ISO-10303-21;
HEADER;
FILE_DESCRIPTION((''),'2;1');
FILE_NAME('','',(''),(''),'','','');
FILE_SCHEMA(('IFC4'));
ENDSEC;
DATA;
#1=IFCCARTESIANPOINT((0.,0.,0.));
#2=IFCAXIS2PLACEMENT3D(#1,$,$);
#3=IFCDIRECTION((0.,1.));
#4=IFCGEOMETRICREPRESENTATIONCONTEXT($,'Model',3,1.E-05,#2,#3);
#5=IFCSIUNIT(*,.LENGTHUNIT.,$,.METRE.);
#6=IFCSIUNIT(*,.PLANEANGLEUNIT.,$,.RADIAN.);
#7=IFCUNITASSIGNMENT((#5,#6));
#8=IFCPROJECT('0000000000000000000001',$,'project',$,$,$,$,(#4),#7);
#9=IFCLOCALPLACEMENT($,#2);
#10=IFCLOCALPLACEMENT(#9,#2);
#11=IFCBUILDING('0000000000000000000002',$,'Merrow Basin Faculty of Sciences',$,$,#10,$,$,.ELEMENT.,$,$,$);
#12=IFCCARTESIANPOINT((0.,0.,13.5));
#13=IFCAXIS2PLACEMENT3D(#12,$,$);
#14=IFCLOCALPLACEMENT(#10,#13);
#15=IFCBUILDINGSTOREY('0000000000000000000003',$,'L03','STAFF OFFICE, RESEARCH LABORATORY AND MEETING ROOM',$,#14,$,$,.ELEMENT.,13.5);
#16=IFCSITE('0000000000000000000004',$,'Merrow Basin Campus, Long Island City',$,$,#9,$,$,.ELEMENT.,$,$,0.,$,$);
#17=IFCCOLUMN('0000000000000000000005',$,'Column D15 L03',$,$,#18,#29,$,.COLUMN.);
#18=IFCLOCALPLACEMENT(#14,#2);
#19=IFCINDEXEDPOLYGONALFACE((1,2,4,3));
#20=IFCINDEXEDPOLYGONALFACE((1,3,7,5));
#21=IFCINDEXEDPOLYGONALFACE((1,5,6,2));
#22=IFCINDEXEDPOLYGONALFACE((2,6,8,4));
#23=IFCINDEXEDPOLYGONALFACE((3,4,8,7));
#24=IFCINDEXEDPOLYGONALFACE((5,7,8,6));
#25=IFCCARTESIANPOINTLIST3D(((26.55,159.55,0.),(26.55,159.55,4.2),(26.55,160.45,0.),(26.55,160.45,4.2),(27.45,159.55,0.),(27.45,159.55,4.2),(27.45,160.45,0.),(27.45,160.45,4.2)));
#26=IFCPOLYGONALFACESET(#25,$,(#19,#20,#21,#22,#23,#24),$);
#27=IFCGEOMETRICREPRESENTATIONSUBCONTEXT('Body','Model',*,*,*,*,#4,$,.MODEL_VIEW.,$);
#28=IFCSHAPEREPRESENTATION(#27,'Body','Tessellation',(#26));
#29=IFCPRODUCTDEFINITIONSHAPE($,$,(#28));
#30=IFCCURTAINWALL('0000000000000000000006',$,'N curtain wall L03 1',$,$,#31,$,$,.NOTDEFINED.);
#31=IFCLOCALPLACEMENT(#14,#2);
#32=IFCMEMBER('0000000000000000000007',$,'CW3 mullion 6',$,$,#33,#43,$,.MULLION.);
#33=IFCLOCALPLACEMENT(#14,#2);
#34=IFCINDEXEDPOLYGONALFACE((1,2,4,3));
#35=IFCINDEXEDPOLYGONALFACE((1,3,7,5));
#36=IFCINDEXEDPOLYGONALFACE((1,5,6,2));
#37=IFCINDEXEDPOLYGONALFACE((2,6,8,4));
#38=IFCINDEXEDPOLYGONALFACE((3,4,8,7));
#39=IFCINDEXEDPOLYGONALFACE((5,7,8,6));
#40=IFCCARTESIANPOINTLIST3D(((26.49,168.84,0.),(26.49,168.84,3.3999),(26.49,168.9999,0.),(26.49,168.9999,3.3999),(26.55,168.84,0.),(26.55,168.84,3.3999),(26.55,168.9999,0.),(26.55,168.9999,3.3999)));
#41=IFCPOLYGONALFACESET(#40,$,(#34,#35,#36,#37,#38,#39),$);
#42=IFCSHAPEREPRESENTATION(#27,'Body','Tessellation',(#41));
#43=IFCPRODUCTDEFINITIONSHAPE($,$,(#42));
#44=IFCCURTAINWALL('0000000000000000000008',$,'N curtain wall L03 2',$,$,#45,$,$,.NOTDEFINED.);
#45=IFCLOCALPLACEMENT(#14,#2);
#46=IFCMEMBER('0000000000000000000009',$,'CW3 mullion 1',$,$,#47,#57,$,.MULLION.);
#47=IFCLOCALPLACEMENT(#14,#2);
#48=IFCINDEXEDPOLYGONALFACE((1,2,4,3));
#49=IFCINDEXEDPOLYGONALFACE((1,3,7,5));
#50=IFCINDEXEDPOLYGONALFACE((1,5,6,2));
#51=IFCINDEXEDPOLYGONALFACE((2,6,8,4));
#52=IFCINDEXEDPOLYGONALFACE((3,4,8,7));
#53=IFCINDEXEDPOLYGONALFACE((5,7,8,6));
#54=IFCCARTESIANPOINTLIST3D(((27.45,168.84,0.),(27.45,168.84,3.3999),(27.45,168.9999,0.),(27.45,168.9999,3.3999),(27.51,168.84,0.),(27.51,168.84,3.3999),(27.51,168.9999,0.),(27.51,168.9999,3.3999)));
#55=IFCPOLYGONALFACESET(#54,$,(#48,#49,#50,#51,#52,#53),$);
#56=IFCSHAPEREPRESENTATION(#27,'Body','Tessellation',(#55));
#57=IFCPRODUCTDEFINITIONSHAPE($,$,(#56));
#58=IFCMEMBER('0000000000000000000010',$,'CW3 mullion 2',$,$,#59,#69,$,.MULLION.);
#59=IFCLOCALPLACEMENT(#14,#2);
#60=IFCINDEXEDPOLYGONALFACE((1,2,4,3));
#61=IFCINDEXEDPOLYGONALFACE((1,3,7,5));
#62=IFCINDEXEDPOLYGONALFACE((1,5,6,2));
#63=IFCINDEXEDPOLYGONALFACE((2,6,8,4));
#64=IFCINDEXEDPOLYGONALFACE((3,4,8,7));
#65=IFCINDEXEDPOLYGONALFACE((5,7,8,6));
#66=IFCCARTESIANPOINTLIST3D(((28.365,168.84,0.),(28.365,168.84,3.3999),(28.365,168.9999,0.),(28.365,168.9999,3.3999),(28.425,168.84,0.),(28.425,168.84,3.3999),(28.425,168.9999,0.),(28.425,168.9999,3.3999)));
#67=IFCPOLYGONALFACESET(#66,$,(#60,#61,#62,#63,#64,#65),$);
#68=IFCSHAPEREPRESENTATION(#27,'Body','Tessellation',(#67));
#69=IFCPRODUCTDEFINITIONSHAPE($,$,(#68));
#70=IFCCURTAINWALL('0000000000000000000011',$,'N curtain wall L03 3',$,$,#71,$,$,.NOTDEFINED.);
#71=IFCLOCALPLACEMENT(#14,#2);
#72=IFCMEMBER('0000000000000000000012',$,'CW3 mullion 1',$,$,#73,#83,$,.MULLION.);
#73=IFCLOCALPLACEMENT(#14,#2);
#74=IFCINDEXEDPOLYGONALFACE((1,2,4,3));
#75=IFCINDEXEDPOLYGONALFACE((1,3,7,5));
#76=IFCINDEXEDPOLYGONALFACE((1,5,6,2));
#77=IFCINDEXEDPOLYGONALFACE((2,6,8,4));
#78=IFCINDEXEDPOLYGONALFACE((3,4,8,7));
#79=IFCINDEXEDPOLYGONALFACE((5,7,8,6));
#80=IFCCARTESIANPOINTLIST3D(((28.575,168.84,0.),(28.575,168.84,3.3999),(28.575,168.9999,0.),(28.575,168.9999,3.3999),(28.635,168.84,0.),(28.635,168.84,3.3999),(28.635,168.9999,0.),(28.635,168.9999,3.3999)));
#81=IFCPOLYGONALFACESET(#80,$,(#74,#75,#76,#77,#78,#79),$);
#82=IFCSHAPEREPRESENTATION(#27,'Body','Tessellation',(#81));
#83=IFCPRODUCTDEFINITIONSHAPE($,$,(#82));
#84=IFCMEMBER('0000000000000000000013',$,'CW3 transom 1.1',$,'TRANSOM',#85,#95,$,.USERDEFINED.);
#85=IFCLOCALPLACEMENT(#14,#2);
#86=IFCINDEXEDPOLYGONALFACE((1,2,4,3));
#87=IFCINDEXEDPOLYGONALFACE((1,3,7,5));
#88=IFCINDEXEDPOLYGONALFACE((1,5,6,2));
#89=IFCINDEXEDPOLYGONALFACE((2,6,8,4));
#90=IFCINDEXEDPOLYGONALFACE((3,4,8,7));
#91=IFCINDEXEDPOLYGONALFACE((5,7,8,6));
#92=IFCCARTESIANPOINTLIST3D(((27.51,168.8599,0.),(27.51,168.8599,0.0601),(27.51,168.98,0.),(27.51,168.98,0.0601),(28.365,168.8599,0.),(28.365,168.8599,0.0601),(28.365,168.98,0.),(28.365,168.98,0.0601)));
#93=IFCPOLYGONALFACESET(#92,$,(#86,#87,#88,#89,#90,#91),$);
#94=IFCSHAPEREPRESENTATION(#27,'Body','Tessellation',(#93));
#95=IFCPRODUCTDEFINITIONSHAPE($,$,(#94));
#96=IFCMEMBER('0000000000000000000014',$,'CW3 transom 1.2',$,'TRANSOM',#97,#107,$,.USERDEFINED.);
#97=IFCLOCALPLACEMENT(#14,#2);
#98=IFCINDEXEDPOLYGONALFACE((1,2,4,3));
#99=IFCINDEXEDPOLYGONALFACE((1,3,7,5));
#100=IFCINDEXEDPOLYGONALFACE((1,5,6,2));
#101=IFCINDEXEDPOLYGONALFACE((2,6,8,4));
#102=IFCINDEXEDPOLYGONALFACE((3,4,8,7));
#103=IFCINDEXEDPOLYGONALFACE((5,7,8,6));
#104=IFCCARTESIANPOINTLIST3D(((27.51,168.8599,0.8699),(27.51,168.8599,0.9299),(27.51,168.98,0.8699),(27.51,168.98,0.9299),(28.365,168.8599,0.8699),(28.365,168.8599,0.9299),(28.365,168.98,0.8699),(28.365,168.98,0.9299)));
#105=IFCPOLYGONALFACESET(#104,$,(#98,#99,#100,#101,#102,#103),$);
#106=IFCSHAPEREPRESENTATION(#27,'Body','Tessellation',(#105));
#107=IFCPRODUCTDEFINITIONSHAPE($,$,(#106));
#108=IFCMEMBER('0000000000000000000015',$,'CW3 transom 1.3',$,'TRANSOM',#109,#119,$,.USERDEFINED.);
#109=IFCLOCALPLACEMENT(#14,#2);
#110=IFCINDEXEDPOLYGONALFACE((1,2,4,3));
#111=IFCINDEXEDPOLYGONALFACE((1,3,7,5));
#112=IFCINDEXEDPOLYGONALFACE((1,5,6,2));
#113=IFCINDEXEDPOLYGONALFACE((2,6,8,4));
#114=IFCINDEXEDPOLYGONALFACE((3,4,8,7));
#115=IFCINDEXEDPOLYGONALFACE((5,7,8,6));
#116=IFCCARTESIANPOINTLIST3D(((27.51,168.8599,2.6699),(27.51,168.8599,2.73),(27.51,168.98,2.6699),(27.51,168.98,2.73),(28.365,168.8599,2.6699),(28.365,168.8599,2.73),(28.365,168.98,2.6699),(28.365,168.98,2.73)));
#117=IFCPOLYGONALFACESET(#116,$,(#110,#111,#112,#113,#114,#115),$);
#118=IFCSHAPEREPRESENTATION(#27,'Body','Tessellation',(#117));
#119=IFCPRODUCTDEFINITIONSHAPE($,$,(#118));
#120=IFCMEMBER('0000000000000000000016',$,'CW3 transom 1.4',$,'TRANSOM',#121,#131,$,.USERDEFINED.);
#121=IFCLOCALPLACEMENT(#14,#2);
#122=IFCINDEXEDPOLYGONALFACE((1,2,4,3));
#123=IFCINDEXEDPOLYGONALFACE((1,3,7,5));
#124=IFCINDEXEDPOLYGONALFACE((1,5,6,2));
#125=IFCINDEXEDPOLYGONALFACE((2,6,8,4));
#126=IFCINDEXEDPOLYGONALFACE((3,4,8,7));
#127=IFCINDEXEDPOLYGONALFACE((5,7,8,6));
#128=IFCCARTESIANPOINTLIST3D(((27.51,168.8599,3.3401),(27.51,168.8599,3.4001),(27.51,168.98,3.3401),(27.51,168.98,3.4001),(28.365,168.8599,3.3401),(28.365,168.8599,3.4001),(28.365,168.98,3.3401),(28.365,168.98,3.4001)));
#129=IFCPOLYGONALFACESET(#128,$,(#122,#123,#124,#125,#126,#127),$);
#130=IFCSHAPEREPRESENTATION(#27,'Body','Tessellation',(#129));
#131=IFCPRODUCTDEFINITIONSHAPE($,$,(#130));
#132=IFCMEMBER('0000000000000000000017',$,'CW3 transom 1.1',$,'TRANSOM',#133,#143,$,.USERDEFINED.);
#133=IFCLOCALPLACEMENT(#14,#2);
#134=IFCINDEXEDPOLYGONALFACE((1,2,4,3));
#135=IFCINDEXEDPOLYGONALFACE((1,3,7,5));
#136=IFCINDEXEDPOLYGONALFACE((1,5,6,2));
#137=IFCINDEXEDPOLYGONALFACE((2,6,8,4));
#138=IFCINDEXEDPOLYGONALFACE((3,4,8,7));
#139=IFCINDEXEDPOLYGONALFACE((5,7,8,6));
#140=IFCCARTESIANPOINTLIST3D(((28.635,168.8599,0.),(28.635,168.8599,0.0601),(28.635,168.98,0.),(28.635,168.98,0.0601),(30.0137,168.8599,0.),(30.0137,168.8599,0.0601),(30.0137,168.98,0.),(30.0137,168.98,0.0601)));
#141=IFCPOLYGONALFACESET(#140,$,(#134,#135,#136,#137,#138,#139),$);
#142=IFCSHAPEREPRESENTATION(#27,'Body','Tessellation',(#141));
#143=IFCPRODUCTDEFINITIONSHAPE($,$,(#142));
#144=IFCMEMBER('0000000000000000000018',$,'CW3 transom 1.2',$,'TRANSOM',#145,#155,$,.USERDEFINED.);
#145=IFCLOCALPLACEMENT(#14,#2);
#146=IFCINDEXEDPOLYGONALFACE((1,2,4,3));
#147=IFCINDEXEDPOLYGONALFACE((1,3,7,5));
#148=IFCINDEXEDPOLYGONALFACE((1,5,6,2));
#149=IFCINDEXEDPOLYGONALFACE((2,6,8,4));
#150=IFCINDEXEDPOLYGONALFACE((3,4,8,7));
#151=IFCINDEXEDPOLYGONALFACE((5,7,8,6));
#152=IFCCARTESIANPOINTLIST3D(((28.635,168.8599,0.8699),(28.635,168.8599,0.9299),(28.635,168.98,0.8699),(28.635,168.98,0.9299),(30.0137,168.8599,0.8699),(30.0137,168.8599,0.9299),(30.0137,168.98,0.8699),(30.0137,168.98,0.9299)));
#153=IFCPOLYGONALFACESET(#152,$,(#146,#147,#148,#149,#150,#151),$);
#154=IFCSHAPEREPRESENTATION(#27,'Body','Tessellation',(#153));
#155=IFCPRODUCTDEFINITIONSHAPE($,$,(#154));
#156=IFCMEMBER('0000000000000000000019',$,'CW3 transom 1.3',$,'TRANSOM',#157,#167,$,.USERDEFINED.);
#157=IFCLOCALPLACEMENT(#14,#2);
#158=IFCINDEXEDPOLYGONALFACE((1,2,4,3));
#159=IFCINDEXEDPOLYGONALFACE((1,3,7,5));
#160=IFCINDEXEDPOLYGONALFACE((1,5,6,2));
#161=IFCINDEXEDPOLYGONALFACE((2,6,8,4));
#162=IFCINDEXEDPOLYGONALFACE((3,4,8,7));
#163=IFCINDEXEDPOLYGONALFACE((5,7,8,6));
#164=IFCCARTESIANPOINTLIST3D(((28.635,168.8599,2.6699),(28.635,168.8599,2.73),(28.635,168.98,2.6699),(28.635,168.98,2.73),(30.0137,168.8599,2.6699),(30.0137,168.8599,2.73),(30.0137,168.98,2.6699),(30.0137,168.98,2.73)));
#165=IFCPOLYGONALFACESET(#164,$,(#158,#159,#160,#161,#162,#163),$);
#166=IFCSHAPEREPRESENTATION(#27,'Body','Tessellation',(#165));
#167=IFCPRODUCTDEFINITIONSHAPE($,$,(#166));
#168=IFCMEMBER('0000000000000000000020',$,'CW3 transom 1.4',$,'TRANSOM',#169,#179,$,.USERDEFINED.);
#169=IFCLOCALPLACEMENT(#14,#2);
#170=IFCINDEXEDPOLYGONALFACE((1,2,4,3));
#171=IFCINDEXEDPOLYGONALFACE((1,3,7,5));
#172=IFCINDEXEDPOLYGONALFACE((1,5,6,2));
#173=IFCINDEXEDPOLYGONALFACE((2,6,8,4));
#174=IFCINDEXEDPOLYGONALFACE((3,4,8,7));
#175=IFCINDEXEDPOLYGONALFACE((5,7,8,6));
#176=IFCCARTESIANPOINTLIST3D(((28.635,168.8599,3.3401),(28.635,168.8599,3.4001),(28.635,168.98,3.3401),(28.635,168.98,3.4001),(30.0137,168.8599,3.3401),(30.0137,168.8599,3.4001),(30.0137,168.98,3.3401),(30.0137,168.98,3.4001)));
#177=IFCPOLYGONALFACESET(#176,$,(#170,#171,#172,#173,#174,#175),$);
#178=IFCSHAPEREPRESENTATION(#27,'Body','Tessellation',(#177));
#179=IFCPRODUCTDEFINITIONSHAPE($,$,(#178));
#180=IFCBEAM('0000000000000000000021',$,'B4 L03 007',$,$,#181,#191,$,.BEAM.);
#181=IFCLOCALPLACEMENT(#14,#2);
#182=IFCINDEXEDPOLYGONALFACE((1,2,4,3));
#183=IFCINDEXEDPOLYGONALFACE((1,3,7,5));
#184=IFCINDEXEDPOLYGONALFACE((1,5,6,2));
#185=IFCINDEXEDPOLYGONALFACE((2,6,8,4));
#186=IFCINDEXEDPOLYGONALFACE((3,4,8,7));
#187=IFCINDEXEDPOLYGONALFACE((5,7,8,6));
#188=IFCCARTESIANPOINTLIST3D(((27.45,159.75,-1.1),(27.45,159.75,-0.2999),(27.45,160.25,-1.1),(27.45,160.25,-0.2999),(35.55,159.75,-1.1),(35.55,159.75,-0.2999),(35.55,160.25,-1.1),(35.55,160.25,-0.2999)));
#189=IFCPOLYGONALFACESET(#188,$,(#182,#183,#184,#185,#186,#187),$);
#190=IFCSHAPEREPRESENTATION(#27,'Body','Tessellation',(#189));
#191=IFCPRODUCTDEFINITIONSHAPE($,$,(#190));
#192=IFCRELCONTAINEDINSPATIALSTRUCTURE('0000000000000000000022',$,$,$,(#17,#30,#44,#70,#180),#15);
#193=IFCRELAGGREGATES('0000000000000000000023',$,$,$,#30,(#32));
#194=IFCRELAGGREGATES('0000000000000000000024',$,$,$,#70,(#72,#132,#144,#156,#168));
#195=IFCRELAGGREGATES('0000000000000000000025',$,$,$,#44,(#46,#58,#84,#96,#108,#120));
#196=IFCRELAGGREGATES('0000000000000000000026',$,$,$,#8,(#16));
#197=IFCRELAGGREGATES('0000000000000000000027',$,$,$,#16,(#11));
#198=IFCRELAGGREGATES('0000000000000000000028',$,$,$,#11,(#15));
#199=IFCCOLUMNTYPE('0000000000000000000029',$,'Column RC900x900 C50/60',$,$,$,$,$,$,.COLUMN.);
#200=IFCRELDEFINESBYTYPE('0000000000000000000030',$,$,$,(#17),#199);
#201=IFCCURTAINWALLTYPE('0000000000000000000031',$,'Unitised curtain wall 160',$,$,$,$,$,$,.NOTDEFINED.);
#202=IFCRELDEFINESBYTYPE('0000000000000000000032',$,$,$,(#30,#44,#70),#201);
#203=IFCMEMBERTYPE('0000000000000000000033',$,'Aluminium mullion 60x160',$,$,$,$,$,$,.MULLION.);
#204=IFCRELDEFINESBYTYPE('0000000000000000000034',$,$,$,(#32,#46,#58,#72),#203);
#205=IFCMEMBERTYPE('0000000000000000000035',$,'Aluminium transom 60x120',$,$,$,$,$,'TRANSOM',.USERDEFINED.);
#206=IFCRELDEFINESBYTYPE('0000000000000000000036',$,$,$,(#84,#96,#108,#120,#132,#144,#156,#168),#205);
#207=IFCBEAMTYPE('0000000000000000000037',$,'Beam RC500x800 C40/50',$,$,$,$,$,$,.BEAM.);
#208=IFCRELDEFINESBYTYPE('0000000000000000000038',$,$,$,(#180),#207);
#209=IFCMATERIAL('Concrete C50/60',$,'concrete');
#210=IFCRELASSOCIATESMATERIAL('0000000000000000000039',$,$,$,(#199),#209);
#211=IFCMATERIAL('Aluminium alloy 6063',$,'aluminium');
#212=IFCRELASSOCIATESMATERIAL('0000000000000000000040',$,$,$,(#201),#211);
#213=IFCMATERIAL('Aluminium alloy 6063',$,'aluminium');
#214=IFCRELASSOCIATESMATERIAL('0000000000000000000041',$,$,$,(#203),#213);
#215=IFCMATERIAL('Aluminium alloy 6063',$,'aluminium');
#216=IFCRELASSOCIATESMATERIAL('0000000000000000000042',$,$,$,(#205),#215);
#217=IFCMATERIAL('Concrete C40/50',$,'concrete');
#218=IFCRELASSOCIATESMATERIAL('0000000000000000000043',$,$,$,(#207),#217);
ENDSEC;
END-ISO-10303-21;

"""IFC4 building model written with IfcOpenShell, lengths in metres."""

from ifc_helpers import new_model, si_unit, direction, frame, origin, origin_2d, place, context, subcontext, project, spatial, rectangle, extrude, material, material_profile, profile_set, type_object, element, aggregate, save


model = new_model("IFC4")

# Units and contexts
model_context = context("Model", 3, precision=1e-05, world=origin(), true_north=direction((0.0, 1.0)))
body_context = subcontext(model_context, "Body", "Model", "MODEL_VIEW")
ifc_project = project(units=[si_unit("LENGTHUNIT", "METRE"), si_unit("PLANEANGLEUNIT", "RADIAN")], contexts=[model_context])

# Site, building, storey
site_placement = place(None, origin())
site = spatial("IfcSite", under=ifc_project, at=site_placement, Name="Merrow Basin Campus, Long Island City", CompositionType="ELEMENT", RefElevation=0.0)
building_placement = place(site_placement, origin())
building = spatial("IfcBuilding", under=site, at=building_placement, Name="Merrow Basin Faculty of Sciences", CompositionType="ELEMENT")
storey_placement = place(building_placement, frame((0.0, 0.0, 13.5)))
storey = spatial("IfcBuildingStorey", under=building, at=storey_placement, Name="L03", Description="STAFF OFFICE, RESEARCH LABORATORY AND MEETING ROOM", CompositionType="ELEMENT", Elevation=13.5)

# Column
ifc_material_1 = material(Name="Concrete C50/60", Category="concrete")
ifc_material_profile_1 = material_profile(ifc_material_1, rectangle(XDim=0.8999, YDim=0.8999, at=origin_2d()))
ifc_profile_set_1 = profile_set([ifc_material_profile_1], Name="Concrete C50/60")
column_type = type_object("IfcColumnType", Name="Column RC900x900 C50/60", PredefinedType="COLUMN", material=ifc_profile_set_1)
column_placement = place(storey_placement, frame((27.0, 160.0, 0.0), z_axis=(0.0, 0.0, 1.0), x_axis=(1.0, 0.0, 0.0)))
element("IfcColumn", 1, at=column_placement, inside=storey, type_object=column_type, Name="Column D15 L03", PredefinedType="COLUMN", context=body_context, shape_type="SweptSolid", body=[
    extrude(rectangle(XDim=0.8999, YDim=0.8999, at=origin_2d()), origin(), (0.0, 0.0, 1.0), 4.2),
])

# Curtain wall, member
ifc_material_2 = material(Name="Aluminium alloy 6063", Category="aluminium")
curtain_wall_type = type_object("IfcCurtainWallType", Name="Unitised curtain wall 160", PredefinedType="NOTDEFINED", material=ifc_material_2)
curtain_wall_1_placement = place(storey_placement, origin())
curtain_wall_1 = element("IfcCurtainWall", 2, at=curtain_wall_1_placement, inside=storey, type_object=curtain_wall_type, Name="N curtain wall L03 1", PredefinedType="NOTDEFINED")
ifc_material_3 = material(Name="Aluminium alloy 6063", Category="aluminium")
ifc_material_profile_2 = material_profile(ifc_material_3, rectangle(XDim=0.1599, YDim=0.0601, at=origin_2d()))
ifc_profile_set_2 = profile_set([ifc_material_profile_2], Name="Aluminium alloy 6063")
member_type_1 = type_object("IfcMemberType", Name="Aluminium mullion 60x160", PredefinedType="MULLION", material=ifc_profile_set_2)
member_1_placement = place(storey_placement, frame((26.52, 168.9199, 0.0), z_axis=(0.0, 0.0, 1.0), x_axis=(0.0, 1.0, 0.0)))
member_1 = element("IfcMember", 3, at=member_1_placement, type_object=member_type_1, Name="CW3 mullion 6", PredefinedType="MULLION", context=body_context, shape_type="SweptSolid", body=[
    extrude(rectangle(XDim=0.1599, YDim=0.0601, at=origin_2d()), origin(), (0.0, 0.0, 1.0), 3.3999),
])
aggregate(curtain_wall_1, [member_1])

# Curtain wall, members
curtain_wall_2_placement = place(storey_placement, origin())
curtain_wall_2 = element("IfcCurtainWall", 4, at=curtain_wall_2_placement, inside=storey, type_object=curtain_wall_type, Name="N curtain wall L03 2", PredefinedType="NOTDEFINED")
member_2_placement = place(storey_placement, frame((27.48, 168.9199, 0.0), z_axis=(0.0, 0.0, 1.0), x_axis=(0.0, 1.0, 0.0)))
member_2 = element("IfcMember", 5, at=member_2_placement, type_object=member_type_1, Name="CW3 mullion 1", PredefinedType="MULLION", context=body_context, shape_type="SweptSolid", body=[
    extrude(rectangle(XDim=0.1599, YDim=0.0601, at=origin_2d()), origin(), (0.0, 0.0, 1.0), 3.3999),
])
member_3_placement = place(storey_placement, frame((28.395, 168.9199, 0.0), z_axis=(0.0, 0.0, 1.0), x_axis=(0.0, 1.0, 0.0)))
member_3 = element("IfcMember", 6, at=member_3_placement, type_object=member_type_1, Name="CW3 mullion 2", PredefinedType="MULLION", context=body_context, shape_type="SweptSolid", body=[
    extrude(rectangle(XDim=0.1599, YDim=0.0601, at=origin_2d()), origin(), (0.0, 0.0, 1.0), 3.3999),
])

# Curtain wall, member
curtain_wall_3_placement = place(storey_placement, origin())
curtain_wall_3 = element("IfcCurtainWall", 7, at=curtain_wall_3_placement, inside=storey, type_object=curtain_wall_type, Name="N curtain wall L03 3", PredefinedType="NOTDEFINED")
member_4_placement = place(storey_placement, frame((28.605, 168.9199, 0.0), z_axis=(0.0, 0.0, 1.0), x_axis=(0.0, 1.0, 0.0)))
member_4 = element("IfcMember", 8, at=member_4_placement, type_object=member_type_1, Name="CW3 mullion 1", PredefinedType="MULLION", context=body_context, shape_type="SweptSolid", body=[
    extrude(rectangle(XDim=0.1599, YDim=0.0601, at=origin_2d()), origin(), (0.0, 0.0, 1.0), 3.3999),
])

# Members
ifc_material_4 = material(Name="Aluminium alloy 6063", Category="aluminium")
ifc_material_profile_3 = material_profile(ifc_material_4, rectangle(XDim=0.1201, YDim=0.0601, at=origin_2d()))
ifc_profile_set_3 = profile_set([ifc_material_profile_3], Name="Aluminium alloy 6063")
member_type_2 = type_object("IfcMemberType", Name="Aluminium transom 60x120", ElementType="TRANSOM", PredefinedType="USERDEFINED", material=ifc_profile_set_3)
member_5_placement = place(storey_placement, frame((27.51, 168.9199, 0.03), z_axis=(1.0, 0.0, 0.0), x_axis=(0.0, 1.0, 0.0)))
member_5 = element("IfcMember", 9, at=member_5_placement, type_object=member_type_2, Name="CW3 transom 1.1", ObjectType="TRANSOM", PredefinedType="USERDEFINED", context=body_context, shape_type="SweptSolid", body=[
    extrude(rectangle(XDim=0.1201, YDim=0.0601, at=origin_2d()), origin(), (0.0, 0.0, 1.0), 0.855),
])
member_6_placement = place(storey_placement, frame((27.51, 168.9199, 0.8999), z_axis=(1.0, 0.0, 0.0), x_axis=(0.0, 1.0, 0.0)))
member_6 = element("IfcMember", 10, at=member_6_placement, type_object=member_type_2, Name="CW3 transom 1.2", ObjectType="TRANSOM", PredefinedType="USERDEFINED", context=body_context, shape_type="SweptSolid", body=[
    extrude(rectangle(XDim=0.1201, YDim=0.0601, at=origin_2d()), origin(), (0.0, 0.0, 1.0), 0.855),
])
member_7_placement = place(storey_placement, frame((27.51, 168.9199, 2.7), z_axis=(1.0, 0.0, 0.0), x_axis=(0.0, 1.0, 0.0)))
member_7 = element("IfcMember", 11, at=member_7_placement, type_object=member_type_2, Name="CW3 transom 1.3", ObjectType="TRANSOM", PredefinedType="USERDEFINED", context=body_context, shape_type="SweptSolid", body=[
    extrude(rectangle(XDim=0.1201, YDim=0.0601, at=origin_2d()), origin(), (0.0, 0.0, 1.0), 0.855),
])
member_8_placement = place(storey_placement, frame((27.51, 168.9199, 3.3701), z_axis=(1.0, 0.0, 0.0), x_axis=(0.0, 1.0, 0.0)))
member_8 = element("IfcMember", 12, at=member_8_placement, type_object=member_type_2, Name="CW3 transom 1.4", ObjectType="TRANSOM", PredefinedType="USERDEFINED", context=body_context, shape_type="SweptSolid", body=[
    extrude(rectangle(XDim=0.1201, YDim=0.0601, at=origin_2d()), origin(), (0.0, 0.0, 1.0), 0.855),
])
member_9_placement = place(storey_placement, frame((28.635, 168.9199, 0.03), z_axis=(1.0, 0.0, 0.0), x_axis=(0.0, 1.0, 0.0)))
member_9 = element("IfcMember", 13, at=member_9_placement, type_object=member_type_2, Name="CW3 transom 1.1", ObjectType="TRANSOM", PredefinedType="USERDEFINED", context=body_context, shape_type="SweptSolid", body=[
    extrude(rectangle(XDim=0.1201, YDim=0.0601, at=origin_2d()), origin(), (0.0, 0.0, 1.0), 1.3787),
])
member_10_placement = place(storey_placement, frame((28.635, 168.9199, 0.8999), z_axis=(1.0, 0.0, 0.0), x_axis=(0.0, 1.0, 0.0)))
member_10 = element("IfcMember", 14, at=member_10_placement, type_object=member_type_2, Name="CW3 transom 1.2", ObjectType="TRANSOM", PredefinedType="USERDEFINED", context=body_context, shape_type="SweptSolid", body=[
    extrude(rectangle(XDim=0.1201, YDim=0.0601, at=origin_2d()), origin(), (0.0, 0.0, 1.0), 1.3787),
])
member_11_placement = place(storey_placement, frame((28.635, 168.9199, 2.7), z_axis=(1.0, 0.0, 0.0), x_axis=(0.0, 1.0, 0.0)))
member_11 = element("IfcMember", 15, at=member_11_placement, type_object=member_type_2, Name="CW3 transom 1.3", ObjectType="TRANSOM", PredefinedType="USERDEFINED", context=body_context, shape_type="SweptSolid", body=[
    extrude(rectangle(XDim=0.1201, YDim=0.0601, at=origin_2d()), origin(), (0.0, 0.0, 1.0), 1.3787),
])
member_12_placement = place(storey_placement, frame((28.635, 168.9199, 3.3701), z_axis=(1.0, 0.0, 0.0), x_axis=(0.0, 1.0, 0.0)))
member_12 = element("IfcMember", 16, at=member_12_placement, type_object=member_type_2, Name="CW3 transom 1.4", ObjectType="TRANSOM", PredefinedType="USERDEFINED", context=body_context, shape_type="SweptSolid", body=[
    extrude(rectangle(XDim=0.1201, YDim=0.0601, at=origin_2d()), origin(), (0.0, 0.0, 1.0), 1.3787),
])

# Beam
ifc_material_5 = material(Name="Concrete C40/50", Category="concrete")
ifc_material_profile_4 = material_profile(ifc_material_5, rectangle(XDim=0.5, YDim=0.8, at=origin_2d()))
ifc_profile_set_4 = profile_set([ifc_material_profile_4], Name="Concrete C40/50")
beam_type_1 = type_object("IfcBeamType", Name="Beam RC500x800 C40/50", PredefinedType="BEAM", material=ifc_profile_set_4)
for number, where, z_axis, x_axis, name in (
    (17, (27.45, 160.0, -0.7), (1.0, 0.0, 0.0), (0.0, 1.0, 0.0), "B4 L03 007"),
):
    element("IfcBeam", number, at=place(storey_placement, frame(where, z_axis=z_axis, x_axis=x_axis)), inside=storey, type_object=beam_type_1, Name=name, PredefinedType="BEAM", context=body_context, shape_type="SweptSolid", body=[
        extrude(rectangle(XDim=0.5, YDim=0.8, at=origin_2d()), origin(), (0.0, 0.0, 1.0), 8.1001),
    ])

aggregate(curtain_wall_3, [member_4, member_9, member_10, member_11, member_12])
aggregate(curtain_wall_2, [member_2, member_3, member_5, member_6, member_7, member_8])

save(model, "model.ifc")
